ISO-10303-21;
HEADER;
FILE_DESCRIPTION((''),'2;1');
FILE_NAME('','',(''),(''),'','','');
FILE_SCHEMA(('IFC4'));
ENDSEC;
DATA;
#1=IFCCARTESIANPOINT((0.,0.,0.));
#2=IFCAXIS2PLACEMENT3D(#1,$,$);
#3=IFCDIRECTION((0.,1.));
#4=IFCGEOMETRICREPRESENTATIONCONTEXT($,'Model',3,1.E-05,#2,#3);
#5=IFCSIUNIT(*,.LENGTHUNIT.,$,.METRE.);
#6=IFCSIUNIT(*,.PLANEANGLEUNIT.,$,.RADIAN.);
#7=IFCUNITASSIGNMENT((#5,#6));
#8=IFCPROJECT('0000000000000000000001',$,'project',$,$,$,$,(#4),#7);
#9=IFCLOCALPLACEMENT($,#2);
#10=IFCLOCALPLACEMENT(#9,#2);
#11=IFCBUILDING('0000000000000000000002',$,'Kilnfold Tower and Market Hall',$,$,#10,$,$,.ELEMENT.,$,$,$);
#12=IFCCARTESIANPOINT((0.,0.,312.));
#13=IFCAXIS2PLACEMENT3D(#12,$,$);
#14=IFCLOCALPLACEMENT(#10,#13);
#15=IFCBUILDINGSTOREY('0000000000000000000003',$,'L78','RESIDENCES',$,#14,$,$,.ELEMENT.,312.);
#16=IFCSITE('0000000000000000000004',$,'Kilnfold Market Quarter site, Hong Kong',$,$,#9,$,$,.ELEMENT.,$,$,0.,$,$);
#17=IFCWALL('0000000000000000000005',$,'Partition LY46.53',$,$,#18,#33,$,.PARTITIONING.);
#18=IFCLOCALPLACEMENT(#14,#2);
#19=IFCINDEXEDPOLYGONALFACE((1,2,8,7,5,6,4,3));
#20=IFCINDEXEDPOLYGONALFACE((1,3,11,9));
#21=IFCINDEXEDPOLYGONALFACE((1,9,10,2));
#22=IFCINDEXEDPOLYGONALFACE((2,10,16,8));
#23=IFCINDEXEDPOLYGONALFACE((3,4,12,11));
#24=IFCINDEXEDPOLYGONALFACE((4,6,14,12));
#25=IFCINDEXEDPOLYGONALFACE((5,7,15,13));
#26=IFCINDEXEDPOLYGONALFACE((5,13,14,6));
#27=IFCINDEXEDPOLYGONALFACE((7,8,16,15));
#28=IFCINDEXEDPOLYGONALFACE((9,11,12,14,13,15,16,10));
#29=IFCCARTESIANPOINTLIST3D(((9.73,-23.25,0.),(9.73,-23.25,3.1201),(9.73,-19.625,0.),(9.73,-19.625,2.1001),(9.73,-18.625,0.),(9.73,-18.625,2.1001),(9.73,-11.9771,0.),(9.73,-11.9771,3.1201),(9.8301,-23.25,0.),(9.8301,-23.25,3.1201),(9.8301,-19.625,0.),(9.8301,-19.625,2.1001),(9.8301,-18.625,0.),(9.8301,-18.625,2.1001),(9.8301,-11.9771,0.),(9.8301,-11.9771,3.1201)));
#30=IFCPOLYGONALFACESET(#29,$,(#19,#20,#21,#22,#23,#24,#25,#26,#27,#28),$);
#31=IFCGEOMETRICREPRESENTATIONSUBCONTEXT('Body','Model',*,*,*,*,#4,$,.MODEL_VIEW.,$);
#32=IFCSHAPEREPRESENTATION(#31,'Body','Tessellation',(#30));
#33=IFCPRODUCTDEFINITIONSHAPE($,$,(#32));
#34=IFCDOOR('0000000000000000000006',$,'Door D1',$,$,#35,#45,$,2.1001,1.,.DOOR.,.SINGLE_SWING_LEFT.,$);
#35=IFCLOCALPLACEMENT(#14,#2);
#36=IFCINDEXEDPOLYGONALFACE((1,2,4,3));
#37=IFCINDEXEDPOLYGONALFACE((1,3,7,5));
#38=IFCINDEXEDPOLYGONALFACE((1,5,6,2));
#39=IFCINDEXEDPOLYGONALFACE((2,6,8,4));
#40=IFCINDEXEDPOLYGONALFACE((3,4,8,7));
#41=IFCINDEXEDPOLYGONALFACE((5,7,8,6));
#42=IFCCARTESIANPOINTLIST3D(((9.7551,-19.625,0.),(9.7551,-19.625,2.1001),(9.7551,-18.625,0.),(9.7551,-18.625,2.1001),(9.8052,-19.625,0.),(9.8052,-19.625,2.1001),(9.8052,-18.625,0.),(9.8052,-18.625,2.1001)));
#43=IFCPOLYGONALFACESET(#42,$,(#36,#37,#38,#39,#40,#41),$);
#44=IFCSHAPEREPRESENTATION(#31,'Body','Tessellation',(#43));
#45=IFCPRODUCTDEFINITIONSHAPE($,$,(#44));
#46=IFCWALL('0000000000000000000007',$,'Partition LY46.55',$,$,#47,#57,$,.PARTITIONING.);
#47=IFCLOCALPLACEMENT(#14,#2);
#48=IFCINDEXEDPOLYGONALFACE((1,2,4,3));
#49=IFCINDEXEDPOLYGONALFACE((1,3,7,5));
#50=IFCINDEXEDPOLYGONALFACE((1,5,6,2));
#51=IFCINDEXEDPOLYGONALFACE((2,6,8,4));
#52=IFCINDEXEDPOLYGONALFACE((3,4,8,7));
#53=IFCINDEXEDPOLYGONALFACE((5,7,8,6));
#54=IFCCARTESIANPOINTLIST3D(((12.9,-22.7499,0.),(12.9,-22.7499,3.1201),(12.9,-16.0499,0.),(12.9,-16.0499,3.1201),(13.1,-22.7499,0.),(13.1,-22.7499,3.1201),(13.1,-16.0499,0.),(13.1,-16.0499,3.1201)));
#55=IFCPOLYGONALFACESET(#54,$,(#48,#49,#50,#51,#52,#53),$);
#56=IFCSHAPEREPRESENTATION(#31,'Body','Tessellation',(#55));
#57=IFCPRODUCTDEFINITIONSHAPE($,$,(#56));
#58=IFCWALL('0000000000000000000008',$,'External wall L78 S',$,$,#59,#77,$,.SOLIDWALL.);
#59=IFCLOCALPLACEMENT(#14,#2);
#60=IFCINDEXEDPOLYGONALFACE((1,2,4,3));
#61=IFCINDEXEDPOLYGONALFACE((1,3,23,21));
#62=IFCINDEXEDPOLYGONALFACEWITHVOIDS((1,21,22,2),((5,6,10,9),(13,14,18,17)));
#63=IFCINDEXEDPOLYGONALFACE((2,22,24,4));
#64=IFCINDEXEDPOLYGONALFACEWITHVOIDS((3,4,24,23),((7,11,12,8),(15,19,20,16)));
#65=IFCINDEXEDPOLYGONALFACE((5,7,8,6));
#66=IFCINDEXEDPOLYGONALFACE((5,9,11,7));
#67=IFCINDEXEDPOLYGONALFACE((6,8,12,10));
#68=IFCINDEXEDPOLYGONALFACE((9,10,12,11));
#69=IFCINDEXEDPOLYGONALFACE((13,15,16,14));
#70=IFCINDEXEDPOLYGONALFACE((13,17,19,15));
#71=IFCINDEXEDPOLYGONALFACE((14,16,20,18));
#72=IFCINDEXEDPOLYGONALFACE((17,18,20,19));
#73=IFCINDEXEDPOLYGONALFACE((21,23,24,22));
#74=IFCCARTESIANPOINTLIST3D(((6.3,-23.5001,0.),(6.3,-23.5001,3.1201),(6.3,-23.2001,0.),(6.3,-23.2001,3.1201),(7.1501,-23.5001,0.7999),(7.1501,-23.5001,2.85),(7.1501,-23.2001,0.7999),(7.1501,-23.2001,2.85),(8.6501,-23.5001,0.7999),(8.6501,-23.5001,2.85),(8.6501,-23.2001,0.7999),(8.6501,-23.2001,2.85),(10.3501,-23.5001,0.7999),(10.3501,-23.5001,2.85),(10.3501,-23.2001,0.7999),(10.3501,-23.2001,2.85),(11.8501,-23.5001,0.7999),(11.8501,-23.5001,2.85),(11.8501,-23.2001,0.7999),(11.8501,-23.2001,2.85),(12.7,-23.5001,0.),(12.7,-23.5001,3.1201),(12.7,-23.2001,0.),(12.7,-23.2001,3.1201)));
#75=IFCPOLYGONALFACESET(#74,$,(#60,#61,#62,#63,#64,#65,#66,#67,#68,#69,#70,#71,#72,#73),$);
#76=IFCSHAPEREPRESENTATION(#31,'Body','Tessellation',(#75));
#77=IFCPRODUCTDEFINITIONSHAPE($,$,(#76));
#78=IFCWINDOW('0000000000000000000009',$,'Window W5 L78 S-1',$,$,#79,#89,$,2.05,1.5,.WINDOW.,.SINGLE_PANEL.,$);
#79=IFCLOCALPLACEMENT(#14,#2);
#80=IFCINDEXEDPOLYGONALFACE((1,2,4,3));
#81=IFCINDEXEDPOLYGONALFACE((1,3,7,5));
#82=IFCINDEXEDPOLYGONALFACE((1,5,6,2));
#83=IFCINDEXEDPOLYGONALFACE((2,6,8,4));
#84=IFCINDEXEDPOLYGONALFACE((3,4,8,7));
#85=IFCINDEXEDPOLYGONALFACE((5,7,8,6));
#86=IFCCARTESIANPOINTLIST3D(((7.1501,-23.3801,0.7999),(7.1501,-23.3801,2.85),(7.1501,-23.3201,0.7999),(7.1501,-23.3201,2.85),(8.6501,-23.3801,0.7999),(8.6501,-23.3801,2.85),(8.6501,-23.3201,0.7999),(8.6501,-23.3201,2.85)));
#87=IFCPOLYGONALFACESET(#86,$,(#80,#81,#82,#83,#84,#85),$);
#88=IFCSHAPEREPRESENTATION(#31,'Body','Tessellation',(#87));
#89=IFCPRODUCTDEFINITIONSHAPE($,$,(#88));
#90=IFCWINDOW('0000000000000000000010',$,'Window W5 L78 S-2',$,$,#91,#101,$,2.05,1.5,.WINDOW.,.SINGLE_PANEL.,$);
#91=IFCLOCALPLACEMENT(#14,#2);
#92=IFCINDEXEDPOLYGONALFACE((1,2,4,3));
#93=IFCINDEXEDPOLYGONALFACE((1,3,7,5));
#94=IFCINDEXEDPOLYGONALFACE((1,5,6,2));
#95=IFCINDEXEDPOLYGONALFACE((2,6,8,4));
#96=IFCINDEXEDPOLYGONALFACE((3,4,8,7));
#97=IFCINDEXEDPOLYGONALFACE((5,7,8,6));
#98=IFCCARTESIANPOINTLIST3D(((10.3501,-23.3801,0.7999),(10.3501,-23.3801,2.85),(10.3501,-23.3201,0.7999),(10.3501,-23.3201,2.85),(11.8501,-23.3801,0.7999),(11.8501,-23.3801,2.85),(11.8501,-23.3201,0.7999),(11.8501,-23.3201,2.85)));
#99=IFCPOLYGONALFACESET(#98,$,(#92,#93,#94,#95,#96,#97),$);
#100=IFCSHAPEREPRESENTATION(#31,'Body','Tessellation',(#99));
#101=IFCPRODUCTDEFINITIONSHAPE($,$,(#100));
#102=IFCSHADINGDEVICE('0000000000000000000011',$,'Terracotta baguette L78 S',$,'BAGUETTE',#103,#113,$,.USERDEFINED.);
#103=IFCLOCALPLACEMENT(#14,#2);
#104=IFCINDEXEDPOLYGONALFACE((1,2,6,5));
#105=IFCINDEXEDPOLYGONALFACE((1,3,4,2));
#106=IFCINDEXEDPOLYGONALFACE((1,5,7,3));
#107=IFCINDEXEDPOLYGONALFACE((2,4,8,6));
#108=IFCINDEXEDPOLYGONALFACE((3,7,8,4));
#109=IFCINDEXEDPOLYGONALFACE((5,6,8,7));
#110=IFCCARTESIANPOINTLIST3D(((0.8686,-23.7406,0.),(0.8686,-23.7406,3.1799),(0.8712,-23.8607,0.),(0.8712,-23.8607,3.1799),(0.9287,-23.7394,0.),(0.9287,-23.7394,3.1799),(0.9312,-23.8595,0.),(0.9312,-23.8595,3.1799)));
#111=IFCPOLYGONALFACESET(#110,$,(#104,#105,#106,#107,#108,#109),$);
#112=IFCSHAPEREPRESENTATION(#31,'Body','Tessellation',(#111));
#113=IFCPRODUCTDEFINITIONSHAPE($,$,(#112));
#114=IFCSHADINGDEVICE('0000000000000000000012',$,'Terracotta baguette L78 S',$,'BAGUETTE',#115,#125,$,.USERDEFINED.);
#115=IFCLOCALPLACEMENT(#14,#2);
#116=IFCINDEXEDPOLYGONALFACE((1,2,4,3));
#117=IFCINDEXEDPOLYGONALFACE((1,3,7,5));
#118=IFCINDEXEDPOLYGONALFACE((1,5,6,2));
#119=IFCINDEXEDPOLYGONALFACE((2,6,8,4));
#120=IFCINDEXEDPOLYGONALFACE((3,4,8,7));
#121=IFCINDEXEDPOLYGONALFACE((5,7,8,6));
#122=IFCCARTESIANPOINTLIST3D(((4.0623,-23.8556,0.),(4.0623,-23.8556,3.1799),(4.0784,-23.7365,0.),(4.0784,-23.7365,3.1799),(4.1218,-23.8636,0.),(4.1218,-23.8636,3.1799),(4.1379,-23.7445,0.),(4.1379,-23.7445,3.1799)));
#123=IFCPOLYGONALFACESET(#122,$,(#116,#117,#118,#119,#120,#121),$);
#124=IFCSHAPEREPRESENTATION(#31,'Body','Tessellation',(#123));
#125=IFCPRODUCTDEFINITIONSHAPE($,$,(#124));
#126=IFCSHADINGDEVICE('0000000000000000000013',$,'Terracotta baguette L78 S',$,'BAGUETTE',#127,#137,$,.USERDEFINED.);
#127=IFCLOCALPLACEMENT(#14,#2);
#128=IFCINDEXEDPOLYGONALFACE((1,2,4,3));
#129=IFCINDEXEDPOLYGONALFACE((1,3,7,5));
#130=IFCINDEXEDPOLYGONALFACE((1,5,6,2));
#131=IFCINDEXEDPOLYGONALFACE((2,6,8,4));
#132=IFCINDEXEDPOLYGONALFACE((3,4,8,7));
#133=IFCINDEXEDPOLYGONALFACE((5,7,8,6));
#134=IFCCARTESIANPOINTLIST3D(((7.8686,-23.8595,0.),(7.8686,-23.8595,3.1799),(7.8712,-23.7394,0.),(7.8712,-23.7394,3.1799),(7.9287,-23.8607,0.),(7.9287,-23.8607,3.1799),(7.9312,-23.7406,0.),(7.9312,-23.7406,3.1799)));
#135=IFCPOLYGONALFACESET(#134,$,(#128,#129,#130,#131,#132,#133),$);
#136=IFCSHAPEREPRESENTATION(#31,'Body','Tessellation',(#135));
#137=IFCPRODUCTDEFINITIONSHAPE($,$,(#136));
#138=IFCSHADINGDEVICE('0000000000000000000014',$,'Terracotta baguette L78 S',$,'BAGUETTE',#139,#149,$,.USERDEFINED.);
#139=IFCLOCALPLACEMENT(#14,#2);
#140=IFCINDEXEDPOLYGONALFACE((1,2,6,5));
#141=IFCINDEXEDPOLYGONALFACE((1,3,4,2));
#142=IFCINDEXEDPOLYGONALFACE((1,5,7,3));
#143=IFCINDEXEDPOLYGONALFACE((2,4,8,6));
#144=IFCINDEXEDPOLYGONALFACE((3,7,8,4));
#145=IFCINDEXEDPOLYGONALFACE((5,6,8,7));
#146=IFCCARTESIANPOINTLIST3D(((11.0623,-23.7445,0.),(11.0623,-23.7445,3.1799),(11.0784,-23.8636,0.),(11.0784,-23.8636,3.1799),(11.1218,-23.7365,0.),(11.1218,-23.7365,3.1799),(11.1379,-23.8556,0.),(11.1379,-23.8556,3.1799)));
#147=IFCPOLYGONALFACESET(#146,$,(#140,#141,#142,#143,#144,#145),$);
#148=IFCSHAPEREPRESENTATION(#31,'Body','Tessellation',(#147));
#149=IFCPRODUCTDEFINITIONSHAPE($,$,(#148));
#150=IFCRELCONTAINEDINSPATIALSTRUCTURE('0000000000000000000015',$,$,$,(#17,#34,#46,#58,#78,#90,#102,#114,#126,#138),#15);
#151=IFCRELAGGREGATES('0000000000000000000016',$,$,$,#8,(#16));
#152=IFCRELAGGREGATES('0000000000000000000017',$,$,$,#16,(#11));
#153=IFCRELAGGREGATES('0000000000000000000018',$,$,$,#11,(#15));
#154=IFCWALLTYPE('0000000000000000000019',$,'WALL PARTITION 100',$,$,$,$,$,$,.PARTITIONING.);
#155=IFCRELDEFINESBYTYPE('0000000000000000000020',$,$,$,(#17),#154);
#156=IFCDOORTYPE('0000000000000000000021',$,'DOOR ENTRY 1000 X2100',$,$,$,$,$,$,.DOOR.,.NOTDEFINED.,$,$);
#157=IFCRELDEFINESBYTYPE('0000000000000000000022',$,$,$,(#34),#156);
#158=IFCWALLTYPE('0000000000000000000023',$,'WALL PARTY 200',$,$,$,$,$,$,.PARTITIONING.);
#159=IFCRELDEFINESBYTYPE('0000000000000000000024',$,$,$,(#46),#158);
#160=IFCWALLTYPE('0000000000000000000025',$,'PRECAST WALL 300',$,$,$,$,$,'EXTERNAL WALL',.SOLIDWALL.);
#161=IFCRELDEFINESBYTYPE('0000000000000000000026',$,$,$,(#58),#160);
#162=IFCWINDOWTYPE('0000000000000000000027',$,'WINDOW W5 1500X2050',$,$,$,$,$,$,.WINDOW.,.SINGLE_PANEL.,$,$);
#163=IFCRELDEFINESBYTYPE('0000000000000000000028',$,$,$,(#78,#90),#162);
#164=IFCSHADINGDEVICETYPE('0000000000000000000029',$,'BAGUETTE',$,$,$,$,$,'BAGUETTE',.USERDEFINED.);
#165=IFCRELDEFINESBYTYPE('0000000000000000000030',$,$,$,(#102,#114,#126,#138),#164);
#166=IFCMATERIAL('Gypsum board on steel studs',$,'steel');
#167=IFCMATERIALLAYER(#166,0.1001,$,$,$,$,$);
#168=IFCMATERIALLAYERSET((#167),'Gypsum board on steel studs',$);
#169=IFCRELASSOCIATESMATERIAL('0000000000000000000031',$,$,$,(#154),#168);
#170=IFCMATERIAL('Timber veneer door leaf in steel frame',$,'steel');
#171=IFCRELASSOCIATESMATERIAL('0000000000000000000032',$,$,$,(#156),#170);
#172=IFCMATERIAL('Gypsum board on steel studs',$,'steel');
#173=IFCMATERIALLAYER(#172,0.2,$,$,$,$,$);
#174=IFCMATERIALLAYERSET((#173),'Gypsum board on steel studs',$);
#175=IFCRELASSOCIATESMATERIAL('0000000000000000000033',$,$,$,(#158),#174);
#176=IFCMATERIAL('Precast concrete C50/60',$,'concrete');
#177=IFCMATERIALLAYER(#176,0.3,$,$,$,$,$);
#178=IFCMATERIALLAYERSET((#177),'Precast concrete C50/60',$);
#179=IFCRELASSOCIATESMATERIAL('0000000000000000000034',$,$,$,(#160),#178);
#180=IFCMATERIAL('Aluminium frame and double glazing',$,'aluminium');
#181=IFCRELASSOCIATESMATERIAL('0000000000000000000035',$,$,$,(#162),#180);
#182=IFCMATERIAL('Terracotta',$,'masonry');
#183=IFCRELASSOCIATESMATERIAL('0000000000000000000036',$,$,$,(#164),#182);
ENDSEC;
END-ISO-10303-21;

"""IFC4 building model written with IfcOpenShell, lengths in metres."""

from ifc_helpers import new_model, si_unit, direction, frame, frame_2d, origin, origin_2d, place, context, subcontext, project, spatial, rectangle, extrude, source, transform, mapped, material, layer, layer_set, material_profile, profile_set, type_object, element, fill, save


model = new_model("IFC4")

# Units and contexts
model_context = context("Model", 3, precision=1e-05, world=origin(), true_north=direction((0.0, 1.0)))
body_context = subcontext(model_context, "Body", "Model", "MODEL_VIEW")
ifc_project = project(units=[si_unit("LENGTHUNIT", "METRE"), si_unit("PLANEANGLEUNIT", "RADIAN")], contexts=[model_context])

# Site, building, storey
site_placement = place(None, origin())
site = spatial("IfcSite", under=ifc_project, at=site_placement, Name="Kilnfold Market Quarter site, Hong Kong", CompositionType="ELEMENT", RefElevation=0.0)
building_placement = place(site_placement, origin())
building = spatial("IfcBuilding", under=site, at=building_placement, Name="Kilnfold Tower and Market Hall", CompositionType="ELEMENT")
storey_placement = place(building_placement, frame((0.0, 0.0, 312.0)))
storey = spatial("IfcBuildingStorey", under=building, at=storey_placement, Name="L78", Description="RESIDENCES", CompositionType="ELEMENT", Elevation=312.0)

# Shared definitions
ifc_material_1 = material(Name="Gypsum board on steel studs", Category="steel")
ifc_layer_1 = layer(ifc_material_1, 0.1001)
ifc_layer_set_1 = layer_set([ifc_layer_1], Name="Gypsum board on steel studs")
wall_type_1 = type_object("IfcWallType", Name="WALL PARTITION 100", PredefinedType="PARTITIONING", material=ifc_layer_set_1)

# Wall, opening, door
wall_1_placement = place(storey_placement, frame((9.78, -23.25, 0.0), z_axis=(0.0, 0.0, 1.0), x_axis=(0.0, 1.0, 0.0)))
wall_1 = element("IfcWall", 1, at=wall_1_placement, inside=storey, type_object=wall_type_1, Name="Partition LY46.53", PredefinedType="PARTITIONING", context=body_context, shape_type="SweptSolid", body=[
    extrude(rectangle(XDim=11.2729, YDim=0.1001, at=frame_2d((5.6365, 0.0))), origin(), (0.0, 0.0, 1.0), 3.1201),
])
opening_1_placement = place(wall_1_placement, frame((3.625, 0.0, 0.0)))
opening_1 = element("IfcOpeningElement", 2, at=opening_1_placement, cuts=wall_1, PredefinedType="OPENING", context=body_context, shape_type="SweptSolid", body=[
    extrude(rectangle(XDim=1.0, YDim=2.1001, at=frame_2d((0.5, 1.05))), frame((0.0, 0.0601, 0.0), z_axis=(0.0, -1.0, 0.0), x_axis=(1.0, 0.0, 0.0)), (0.0, 0.0, 1.0), 0.1201),
])
ifc_material_2 = material(Name="Timber veneer door leaf in steel frame", Category="steel")
door_type_1 = type_object("IfcDoorType", Name="DOOR ENTRY 1000 X2100", OperationType="NOTDEFINED", PredefinedType="DOOR", material=ifc_material_2)
door_1_placement = place(opening_1_placement, origin())
door_1 = element("IfcDoor", 3, at=door_1_placement, inside=storey, type_object=door_type_1, Name="Door D1", OperationType="SINGLE_SWING_LEFT", OverallHeight=2.1001, OverallWidth=1.0, PredefinedType="DOOR", context=body_context, shape_type="SweptSolid", body=[
    extrude(rectangle(XDim=1.0, YDim=2.1001, at=frame_2d((0.5, 1.05))), frame((0.0, 0.0249, 0.0), z_axis=(0.0, -1.0, 0.0), x_axis=(1.0, 0.0, 0.0)), (0.0, 0.0, 1.0), 0.05),
])
fill(opening_1, door_1)

# Wall
ifc_material_3 = material(Name="Gypsum board on steel studs", Category="steel")
ifc_layer_2 = layer(ifc_material_3, 0.2)
ifc_layer_set_2 = layer_set([ifc_layer_2], Name="Gypsum board on steel studs")
wall_type_2 = type_object("IfcWallType", Name="WALL PARTY 200", PredefinedType="PARTITIONING", material=ifc_layer_set_2)
wall_2_placement = place(storey_placement, frame((13.0, -22.75, 0.0), z_axis=(0.0, 0.0, 1.0), x_axis=(0.0, 1.0, 0.0)))
element("IfcWall", 4, at=wall_2_placement, inside=storey, type_object=wall_type_2, Name="Partition LY46.55", PredefinedType="PARTITIONING", context=body_context, shape_type="SweptSolid", body=[
    extrude(rectangle(XDim=6.7, YDim=0.2, at=frame_2d((3.3501, 0.0))), origin(), (0.0, 0.0, 1.0), 3.1201),
])

# Wall, openings, windows
ifc_material_4 = material(Name="Precast concrete C50/60", Category="concrete")
ifc_layer_3 = layer(ifc_material_4, 0.3)
ifc_layer_set_3 = layer_set([ifc_layer_3], Name="Precast concrete C50/60")
wall_type_3 = type_object("IfcWallType", Name="PRECAST WALL 300", ElementType="EXTERNAL WALL", PredefinedType="SOLIDWALL", material=ifc_layer_set_3)
shared_shape_1 = source(origin(), body_context, "Body", "SweptSolid", [
    extrude(rectangle(XDim=6.3999, YDim=0.3, at=frame_2d((3.2, 0.0))), origin(), (0.0, 0.0, 1.0), 3.1201),
])
wall_3_placement = place(storey_placement, frame((6.3, -23.3501, 0.0), z_axis=(0.0, 0.0, 1.0), x_axis=(1.0, 0.0, 0.0)))
wall_3 = element("IfcWall", 5, at=wall_3_placement, inside=storey, type_object=wall_type_3, Name="External wall L78 S", PredefinedType="SOLIDWALL", context=body_context, shape_type="MappedRepresentation", body=[
    mapped(shared_shape_1, transform((0.0, 0.0, 0.0))),
])
opening_2_placement = place(wall_3_placement, frame((0.8501, 0.0, 0.8)))
opening_2 = element("IfcOpeningElement", 6, at=opening_2_placement, cuts=wall_3, PredefinedType="OPENING", context=body_context, shape_type="SweptSolid", body=[
    extrude(rectangle(XDim=1.5, YDim=2.05, at=frame_2d((0.75, 1.0249))), frame((0.0, 0.1602, 0.0), z_axis=(0.0, -1.0, 0.0), x_axis=(1.0, 0.0, 0.0)), (0.0, 0.0, 1.0), 0.3201),
])
opening_3_placement = place(wall_3_placement, frame((4.05, 0.0, 0.8)))
opening_3 = element("IfcOpeningElement", 7, at=opening_3_placement, cuts=wall_3, PredefinedType="OPENING", context=body_context, shape_type="SweptSolid", body=[
    extrude(rectangle(XDim=1.5, YDim=2.05, at=frame_2d((0.75, 1.0249))), frame((0.0, 0.1602, 0.0), z_axis=(0.0, -1.0, 0.0), x_axis=(1.0, 0.0, 0.0)), (0.0, 0.0, 1.0), 0.3201),
])
ifc_material_5 = material(Name="Aluminium frame and double glazing", Category="aluminium")
window_type = type_object("IfcWindowType", Name="WINDOW W5 1500X2050", PartitioningType="SINGLE_PANEL", PredefinedType="WINDOW", material=ifc_material_5)
window_1_placement = place(opening_2_placement, origin())
window_1 = element("IfcWindow", 8, at=window_1_placement, inside=storey, type_object=window_type, Name="Window W5 L78 S-1", OverallHeight=2.05, OverallWidth=1.5, PartitioningType="SINGLE_PANEL", PredefinedType="WINDOW", context=body_context, shape_type="SweptSolid", body=[
    extrude(rectangle(XDim=1.5, YDim=2.05, at=frame_2d((0.75, 1.0249))), frame((0.0, 0.03, 0.0), z_axis=(0.0, -1.0, 0.0), x_axis=(1.0, 0.0, 0.0)), (0.0, 0.0, 1.0), 0.0601),
])
fill(opening_2, window_1)
window_2_placement = place(opening_3_placement, origin())
window_2 = element("IfcWindow", 9, at=window_2_placement, inside=storey, type_object=window_type, Name="Window W5 L78 S-2", OverallHeight=2.05, OverallWidth=1.5, PartitioningType="SINGLE_PANEL", PredefinedType="WINDOW", context=body_context, shape_type="SweptSolid", body=[
    extrude(rectangle(XDim=1.5, YDim=2.05, at=frame_2d((0.75, 1.0249))), frame((0.0, 0.03, 0.0), z_axis=(0.0, -1.0, 0.0), x_axis=(1.0, 0.0, 0.0)), (0.0, 0.0, 1.0), 0.0601),
])
fill(opening_3, window_2)

# Shading devices
ifc_material_6 = material(Name="Terracotta", Category="masonry")
ifc_material_profile_1 = material_profile(ifc_material_6, rectangle(XDim=0.0601, YDim=0.1201, at=origin_2d()), Name="BAG 60x120")
ifc_profile_set_1 = profile_set([ifc_material_profile_1], Name="Terracotta")
shading_device_type = type_object("IfcShadingDeviceType", Name="BAGUETTE", ElementType="BAGUETTE", PredefinedType="USERDEFINED", material=ifc_profile_set_1)
shared_shape_2 = source(origin(), body_context, "Body", "SweptSolid", [
    extrude(rectangle(XDim=0.0601, YDim=0.1201, at=origin_2d()), origin(), (0.0, 0.0, 1.0), 3.1799),
])
for number, where, z_axis, x_axis, name in (
    (10, (0.8999, -23.8, 0.0), (0.0, 0.0, 1.0), (0.999775, 0.021222, 0.0), "Terracotta baguette L78 S"),
    (11, (4.1001, -23.8, 0.0), (0.0, 0.0, 1.0), (0.991048, -0.133507, 0.0), "Terracotta baguette L78 S"),
    (12, (7.8999, -23.8, 0.0), (0.0, 0.0, 1.0), (0.999775, -0.021222, 0.0), "Terracotta baguette L78 S"),
    (13, (11.1001, -23.8, 0.0), (0.0, 0.0, 1.0), (0.991048, 0.133507, 0.0), "Terracotta baguette L78 S"),
):
    element("IfcShadingDevice", number, at=place(storey_placement, frame(where, z_axis=z_axis, x_axis=x_axis)), inside=storey, type_object=shading_device_type, Name=name, ObjectType="BAGUETTE", PredefinedType="USERDEFINED", context=body_context, shape_type="MappedRepresentation", body=[
        mapped(shared_shape_2, transform((0.0, 0.0, 0.0))),
    ])

save(model, "model.ifc")
